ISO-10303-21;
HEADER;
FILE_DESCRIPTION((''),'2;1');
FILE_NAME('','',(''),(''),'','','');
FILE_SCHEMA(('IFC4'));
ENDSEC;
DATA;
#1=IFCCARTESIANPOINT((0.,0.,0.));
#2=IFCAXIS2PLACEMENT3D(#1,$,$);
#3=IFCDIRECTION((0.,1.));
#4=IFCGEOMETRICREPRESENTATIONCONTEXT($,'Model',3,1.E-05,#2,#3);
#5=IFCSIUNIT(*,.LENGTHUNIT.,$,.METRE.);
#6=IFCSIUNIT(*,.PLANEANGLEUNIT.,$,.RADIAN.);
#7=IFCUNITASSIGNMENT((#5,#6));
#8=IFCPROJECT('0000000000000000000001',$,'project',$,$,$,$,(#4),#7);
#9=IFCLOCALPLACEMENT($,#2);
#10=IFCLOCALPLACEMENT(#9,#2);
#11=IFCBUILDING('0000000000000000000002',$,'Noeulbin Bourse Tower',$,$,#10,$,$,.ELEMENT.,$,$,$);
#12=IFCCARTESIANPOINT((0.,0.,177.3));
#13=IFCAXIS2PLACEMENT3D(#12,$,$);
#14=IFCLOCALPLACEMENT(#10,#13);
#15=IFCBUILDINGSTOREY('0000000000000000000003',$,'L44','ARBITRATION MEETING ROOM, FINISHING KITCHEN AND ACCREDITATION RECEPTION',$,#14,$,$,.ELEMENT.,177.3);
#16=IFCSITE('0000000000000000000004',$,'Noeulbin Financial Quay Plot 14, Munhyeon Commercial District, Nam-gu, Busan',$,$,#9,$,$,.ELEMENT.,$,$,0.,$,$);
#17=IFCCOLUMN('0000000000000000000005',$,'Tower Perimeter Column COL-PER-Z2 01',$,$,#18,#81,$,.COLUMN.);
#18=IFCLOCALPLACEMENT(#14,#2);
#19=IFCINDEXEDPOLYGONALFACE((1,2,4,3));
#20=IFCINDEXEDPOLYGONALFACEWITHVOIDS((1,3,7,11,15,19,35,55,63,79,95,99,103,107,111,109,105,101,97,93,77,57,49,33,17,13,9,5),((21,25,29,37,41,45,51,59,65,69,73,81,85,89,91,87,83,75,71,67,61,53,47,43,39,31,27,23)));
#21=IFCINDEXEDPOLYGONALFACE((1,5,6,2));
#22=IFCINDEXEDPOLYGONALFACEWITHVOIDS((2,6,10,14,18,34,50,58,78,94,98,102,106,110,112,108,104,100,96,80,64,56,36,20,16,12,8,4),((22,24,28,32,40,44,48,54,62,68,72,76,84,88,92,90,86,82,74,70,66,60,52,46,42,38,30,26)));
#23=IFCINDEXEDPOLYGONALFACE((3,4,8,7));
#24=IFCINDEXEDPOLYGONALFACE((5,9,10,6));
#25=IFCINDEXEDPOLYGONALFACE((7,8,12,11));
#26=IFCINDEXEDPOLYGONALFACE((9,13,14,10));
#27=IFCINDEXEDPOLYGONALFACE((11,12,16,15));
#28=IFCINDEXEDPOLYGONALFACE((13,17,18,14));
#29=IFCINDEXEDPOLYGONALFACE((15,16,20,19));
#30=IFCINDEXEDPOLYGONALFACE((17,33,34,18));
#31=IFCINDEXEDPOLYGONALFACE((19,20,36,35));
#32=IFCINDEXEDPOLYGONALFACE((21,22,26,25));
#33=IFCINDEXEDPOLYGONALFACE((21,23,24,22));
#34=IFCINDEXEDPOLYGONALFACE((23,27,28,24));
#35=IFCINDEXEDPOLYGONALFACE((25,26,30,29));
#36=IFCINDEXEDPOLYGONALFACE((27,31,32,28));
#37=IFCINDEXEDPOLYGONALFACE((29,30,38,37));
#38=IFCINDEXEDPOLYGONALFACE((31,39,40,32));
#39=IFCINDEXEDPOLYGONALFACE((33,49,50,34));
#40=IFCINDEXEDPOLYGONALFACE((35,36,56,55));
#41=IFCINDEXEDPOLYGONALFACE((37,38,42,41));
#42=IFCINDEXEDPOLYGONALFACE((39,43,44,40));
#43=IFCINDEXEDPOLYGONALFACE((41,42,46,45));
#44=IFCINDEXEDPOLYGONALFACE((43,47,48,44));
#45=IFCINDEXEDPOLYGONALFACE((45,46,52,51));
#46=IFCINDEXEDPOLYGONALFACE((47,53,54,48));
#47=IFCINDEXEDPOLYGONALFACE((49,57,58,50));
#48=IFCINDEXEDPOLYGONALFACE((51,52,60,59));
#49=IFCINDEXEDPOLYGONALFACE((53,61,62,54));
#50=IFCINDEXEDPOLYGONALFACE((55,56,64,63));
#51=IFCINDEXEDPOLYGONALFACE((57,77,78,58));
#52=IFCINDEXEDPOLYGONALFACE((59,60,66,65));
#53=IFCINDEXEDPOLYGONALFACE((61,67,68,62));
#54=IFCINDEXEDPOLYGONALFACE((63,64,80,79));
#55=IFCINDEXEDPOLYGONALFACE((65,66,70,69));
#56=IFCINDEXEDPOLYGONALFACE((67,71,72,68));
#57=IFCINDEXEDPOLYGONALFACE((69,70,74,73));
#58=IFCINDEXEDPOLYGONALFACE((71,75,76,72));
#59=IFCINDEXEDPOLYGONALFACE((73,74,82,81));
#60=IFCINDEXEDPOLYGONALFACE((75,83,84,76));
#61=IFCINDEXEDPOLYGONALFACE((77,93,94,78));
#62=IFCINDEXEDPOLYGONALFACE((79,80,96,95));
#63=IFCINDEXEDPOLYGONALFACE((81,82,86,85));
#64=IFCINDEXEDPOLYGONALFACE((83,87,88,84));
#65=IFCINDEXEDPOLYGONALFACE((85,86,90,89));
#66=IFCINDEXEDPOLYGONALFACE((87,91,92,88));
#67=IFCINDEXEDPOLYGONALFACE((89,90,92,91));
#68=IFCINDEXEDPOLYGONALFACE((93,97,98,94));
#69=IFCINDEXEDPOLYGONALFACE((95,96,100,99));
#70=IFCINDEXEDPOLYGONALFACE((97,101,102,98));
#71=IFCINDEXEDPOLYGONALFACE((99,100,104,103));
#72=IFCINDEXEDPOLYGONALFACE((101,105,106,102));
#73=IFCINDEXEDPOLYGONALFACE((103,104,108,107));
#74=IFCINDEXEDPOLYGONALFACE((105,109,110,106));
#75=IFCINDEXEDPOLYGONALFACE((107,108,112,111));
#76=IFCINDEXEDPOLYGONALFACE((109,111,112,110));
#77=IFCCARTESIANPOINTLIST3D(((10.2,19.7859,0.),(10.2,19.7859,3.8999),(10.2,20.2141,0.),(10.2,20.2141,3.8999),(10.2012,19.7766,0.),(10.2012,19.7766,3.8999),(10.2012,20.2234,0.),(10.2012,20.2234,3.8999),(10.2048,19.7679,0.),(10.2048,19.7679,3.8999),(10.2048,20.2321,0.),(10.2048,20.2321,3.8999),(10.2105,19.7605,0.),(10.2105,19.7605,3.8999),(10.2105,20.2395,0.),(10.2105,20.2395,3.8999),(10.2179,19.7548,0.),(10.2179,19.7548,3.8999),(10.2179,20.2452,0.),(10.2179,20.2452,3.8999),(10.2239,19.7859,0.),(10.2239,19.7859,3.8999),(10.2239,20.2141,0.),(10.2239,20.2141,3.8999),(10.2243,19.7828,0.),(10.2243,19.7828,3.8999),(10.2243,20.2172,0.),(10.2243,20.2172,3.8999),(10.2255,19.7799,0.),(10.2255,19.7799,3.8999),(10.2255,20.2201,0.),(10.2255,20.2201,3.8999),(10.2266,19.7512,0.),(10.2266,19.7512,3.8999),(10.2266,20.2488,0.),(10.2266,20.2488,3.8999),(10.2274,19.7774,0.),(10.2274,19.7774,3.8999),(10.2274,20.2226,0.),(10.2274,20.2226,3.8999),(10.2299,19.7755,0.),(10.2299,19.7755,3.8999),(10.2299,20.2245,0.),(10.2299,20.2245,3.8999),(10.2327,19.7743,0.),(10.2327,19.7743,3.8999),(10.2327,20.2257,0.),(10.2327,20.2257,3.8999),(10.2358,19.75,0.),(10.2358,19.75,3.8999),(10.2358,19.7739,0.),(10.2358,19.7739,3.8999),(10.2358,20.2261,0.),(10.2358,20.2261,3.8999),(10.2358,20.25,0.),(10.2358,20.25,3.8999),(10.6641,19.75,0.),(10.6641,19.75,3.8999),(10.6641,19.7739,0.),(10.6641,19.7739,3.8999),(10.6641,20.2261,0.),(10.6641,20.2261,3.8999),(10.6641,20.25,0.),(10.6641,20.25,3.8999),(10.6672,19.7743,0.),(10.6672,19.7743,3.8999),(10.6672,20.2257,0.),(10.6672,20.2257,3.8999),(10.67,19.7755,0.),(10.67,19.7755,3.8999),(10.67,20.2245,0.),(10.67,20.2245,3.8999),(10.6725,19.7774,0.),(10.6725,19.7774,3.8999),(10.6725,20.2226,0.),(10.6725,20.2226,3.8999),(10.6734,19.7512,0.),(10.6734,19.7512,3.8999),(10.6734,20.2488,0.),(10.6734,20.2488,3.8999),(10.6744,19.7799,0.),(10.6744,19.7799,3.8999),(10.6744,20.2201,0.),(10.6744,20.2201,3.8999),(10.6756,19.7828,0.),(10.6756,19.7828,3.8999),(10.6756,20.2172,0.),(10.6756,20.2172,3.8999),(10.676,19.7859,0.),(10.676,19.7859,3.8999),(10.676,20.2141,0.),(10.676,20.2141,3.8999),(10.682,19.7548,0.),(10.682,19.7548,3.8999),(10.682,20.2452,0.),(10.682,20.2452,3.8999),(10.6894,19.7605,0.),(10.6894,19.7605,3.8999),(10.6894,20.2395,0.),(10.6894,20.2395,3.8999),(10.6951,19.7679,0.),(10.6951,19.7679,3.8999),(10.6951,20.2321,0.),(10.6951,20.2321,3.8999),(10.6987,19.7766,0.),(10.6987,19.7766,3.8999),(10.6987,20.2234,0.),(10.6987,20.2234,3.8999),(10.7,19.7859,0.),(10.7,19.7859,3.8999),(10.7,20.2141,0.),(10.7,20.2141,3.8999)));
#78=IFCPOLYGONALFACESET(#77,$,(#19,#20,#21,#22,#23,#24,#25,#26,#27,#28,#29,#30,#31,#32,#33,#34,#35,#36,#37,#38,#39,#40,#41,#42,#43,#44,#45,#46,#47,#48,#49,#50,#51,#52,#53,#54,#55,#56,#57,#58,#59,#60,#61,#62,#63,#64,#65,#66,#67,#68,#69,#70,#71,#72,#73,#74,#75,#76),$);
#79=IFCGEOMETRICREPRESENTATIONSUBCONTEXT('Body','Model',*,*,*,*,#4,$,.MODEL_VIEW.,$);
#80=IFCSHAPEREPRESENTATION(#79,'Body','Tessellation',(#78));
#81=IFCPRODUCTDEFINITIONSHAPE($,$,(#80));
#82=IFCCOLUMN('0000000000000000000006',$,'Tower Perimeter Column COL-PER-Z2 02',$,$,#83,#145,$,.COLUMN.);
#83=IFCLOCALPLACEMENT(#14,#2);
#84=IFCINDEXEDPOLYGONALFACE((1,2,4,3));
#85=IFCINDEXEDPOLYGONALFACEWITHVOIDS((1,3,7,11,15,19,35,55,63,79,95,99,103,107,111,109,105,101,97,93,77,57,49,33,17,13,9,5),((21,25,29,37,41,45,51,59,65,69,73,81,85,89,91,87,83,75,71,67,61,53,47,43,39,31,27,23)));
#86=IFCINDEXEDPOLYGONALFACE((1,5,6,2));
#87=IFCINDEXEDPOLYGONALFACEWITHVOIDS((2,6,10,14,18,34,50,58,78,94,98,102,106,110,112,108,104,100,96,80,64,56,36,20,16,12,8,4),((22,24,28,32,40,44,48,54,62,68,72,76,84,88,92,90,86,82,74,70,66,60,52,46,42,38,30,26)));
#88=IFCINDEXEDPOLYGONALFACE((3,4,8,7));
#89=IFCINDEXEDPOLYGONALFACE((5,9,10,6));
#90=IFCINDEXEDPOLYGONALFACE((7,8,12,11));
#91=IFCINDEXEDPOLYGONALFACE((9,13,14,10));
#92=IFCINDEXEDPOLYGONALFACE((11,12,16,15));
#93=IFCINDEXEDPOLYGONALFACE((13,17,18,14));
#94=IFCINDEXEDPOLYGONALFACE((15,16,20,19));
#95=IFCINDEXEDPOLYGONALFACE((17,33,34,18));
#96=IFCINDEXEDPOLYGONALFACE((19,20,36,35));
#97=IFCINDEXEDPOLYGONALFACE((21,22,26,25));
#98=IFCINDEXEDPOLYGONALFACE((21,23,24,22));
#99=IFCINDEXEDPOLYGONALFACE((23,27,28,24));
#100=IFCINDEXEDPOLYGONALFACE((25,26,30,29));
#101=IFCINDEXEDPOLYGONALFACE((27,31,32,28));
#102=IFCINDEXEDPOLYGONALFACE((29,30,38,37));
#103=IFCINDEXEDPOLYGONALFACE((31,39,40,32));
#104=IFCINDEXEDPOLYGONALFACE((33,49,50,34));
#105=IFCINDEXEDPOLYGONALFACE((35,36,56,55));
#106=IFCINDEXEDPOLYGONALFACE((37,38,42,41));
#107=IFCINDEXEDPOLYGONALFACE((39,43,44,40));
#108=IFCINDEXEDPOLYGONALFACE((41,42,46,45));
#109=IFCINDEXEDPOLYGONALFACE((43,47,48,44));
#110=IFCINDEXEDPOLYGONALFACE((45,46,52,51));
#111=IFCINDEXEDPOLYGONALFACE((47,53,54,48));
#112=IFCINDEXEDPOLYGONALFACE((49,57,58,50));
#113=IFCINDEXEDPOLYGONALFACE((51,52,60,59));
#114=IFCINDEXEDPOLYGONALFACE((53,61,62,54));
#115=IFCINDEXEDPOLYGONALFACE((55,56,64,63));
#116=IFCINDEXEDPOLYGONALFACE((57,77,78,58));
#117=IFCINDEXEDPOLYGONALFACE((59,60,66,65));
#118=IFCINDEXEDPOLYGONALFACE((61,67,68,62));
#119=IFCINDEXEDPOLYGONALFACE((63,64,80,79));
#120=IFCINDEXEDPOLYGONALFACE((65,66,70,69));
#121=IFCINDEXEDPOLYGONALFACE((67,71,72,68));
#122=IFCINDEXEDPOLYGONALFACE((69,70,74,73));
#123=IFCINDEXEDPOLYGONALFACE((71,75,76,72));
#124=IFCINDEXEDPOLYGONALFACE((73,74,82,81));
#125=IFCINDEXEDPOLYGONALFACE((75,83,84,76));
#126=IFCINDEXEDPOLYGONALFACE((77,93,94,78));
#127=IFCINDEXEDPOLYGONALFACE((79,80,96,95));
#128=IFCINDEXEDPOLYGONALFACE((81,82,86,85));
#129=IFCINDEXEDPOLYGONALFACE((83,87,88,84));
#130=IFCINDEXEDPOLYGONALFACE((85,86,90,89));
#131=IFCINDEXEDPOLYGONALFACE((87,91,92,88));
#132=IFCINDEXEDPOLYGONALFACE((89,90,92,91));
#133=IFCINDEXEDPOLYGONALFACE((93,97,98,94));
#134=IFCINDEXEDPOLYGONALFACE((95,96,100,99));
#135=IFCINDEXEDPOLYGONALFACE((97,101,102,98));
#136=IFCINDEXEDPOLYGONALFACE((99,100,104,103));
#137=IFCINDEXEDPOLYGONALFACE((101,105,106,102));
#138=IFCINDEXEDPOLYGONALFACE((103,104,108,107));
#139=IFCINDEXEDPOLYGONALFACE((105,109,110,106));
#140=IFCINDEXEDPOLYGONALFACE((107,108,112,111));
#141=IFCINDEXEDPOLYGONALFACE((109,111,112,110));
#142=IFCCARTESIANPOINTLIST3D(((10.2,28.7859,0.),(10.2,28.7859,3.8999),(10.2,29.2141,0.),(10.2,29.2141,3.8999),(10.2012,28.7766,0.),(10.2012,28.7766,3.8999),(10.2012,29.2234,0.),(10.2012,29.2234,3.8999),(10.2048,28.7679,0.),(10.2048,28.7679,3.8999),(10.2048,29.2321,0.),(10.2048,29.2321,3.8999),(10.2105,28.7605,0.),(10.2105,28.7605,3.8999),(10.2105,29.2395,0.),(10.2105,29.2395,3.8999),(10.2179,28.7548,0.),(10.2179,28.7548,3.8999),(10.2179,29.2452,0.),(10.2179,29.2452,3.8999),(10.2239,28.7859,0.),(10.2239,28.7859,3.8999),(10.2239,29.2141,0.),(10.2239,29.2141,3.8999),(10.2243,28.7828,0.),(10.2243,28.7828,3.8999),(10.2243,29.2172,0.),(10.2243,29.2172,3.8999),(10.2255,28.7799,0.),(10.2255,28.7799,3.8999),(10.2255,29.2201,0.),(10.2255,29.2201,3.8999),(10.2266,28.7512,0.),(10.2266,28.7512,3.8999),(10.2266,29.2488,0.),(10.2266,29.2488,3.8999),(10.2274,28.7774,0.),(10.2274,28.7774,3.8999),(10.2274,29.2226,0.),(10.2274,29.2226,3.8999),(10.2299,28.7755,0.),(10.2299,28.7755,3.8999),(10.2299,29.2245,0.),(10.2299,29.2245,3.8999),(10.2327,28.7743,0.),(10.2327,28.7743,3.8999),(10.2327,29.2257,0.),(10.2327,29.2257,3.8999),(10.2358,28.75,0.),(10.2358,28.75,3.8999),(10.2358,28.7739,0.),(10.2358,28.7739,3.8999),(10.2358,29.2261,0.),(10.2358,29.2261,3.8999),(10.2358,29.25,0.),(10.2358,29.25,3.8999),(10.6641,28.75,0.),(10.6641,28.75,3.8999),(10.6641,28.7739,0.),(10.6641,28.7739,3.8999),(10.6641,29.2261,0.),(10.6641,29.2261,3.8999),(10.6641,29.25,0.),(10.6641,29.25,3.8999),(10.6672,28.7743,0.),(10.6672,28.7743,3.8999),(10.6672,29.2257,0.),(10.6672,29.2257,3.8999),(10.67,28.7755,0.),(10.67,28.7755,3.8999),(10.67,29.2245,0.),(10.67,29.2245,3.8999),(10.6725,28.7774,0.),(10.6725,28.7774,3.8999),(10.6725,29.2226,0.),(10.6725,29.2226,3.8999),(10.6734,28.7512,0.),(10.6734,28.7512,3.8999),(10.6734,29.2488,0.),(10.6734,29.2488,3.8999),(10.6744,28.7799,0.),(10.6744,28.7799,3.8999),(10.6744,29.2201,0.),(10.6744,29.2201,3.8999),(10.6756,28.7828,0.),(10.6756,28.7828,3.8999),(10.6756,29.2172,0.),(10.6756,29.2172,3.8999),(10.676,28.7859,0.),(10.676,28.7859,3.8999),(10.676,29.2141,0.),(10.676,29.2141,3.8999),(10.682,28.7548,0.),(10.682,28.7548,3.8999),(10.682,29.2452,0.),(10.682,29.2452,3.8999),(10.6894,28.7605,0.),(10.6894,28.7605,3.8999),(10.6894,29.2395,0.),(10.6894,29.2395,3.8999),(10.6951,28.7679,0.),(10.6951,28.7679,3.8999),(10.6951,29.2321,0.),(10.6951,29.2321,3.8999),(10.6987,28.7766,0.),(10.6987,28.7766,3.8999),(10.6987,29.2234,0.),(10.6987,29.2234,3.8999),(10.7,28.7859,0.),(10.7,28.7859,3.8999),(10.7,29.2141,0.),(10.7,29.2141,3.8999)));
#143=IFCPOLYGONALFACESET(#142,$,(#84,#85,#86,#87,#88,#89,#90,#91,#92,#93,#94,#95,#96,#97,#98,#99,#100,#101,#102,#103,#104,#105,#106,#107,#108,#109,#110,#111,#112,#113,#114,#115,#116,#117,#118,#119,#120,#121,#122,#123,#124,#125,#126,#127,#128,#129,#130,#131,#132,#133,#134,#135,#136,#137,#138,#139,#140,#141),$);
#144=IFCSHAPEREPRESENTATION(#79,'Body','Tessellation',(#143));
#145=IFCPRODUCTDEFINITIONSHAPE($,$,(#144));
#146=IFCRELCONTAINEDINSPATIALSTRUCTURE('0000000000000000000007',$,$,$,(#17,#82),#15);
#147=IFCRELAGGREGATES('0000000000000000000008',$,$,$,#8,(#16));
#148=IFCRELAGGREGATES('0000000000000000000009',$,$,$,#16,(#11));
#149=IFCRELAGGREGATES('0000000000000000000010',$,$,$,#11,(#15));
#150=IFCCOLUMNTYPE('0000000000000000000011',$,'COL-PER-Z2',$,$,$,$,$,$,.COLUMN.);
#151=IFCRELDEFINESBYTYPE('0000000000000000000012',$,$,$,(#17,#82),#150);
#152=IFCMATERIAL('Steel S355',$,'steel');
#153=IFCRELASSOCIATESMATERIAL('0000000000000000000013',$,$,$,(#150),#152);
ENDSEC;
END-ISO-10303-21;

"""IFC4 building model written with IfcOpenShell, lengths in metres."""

from ifc_helpers import new_model, si_unit, direction, frame, origin, origin_2d, place, context, subcontext, project, spatial, hollow_rectangle, extrude, material, material_profile, profile_set, type_object, element, save


model = new_model("IFC4")

# Units and contexts
model_context = context("Model", 3, precision=1e-05, world=origin(), true_north=direction((0.0, 1.0)))
body_context = subcontext(model_context, "Body", "Model", "MODEL_VIEW")
ifc_project = project(units=[si_unit("LENGTHUNIT", "METRE"), si_unit("PLANEANGLEUNIT", "RADIAN")], contexts=[model_context])

# Site, building, storey
site_placement = place(None, origin())
site = spatial("IfcSite", under=ifc_project, at=site_placement, Name="Noeulbin Financial Quay Plot 14, Munhyeon Commercial District, Nam-gu, Busan", CompositionType="ELEMENT", RefElevation=0.0)
building_placement = place(site_placement, origin())
building = spatial("IfcBuilding", under=site, at=building_placement, Name="Noeulbin Bourse Tower", CompositionType="ELEMENT")
storey_placement = place(building_placement, frame((0.0, 0.0, 177.3)))
storey = spatial("IfcBuildingStorey", under=building, at=storey_placement, Name="L44", Description="ARBITRATION MEETING ROOM, FINISHING KITCHEN AND ACCREDITATION RECEPTION", CompositionType="ELEMENT", Elevation=177.3)

# Columns
ifc_material_1 = material(Name="Steel S355", Category="steel")
ifc_material_profile_1 = material_profile(ifc_material_1, hollow_rectangle(XDim=0.5, YDim=0.5, WallThickness=0.0239, InnerFilletRadius=0.012, OuterFilletRadius=0.0359, at=origin_2d()), Name="BOX-500x500x24", Category="LoadBearing")
ifc_profile_set_1 = profile_set([ifc_material_profile_1], Name="Steel S355")
column_type_1 = type_object("IfcColumnType", Name="COL-PER-Z2", PredefinedType="COLUMN", material=ifc_profile_set_1)
for number, where, z_axis, x_axis, name in (
    (1, (10.45, 20.0, 0.0), (0.0, 0.0, 1.0), (1.0, 0.0, 0.0), "Tower Perimeter Column COL-PER-Z2 01"),
    (2, (10.45, 29.0, 0.0), (0.0, 0.0, 1.0), (1.0, 0.0, 0.0), "Tower Perimeter Column COL-PER-Z2 02"),
):
    element("IfcColumn", number, at=place(storey_placement, frame(where, z_axis=z_axis, x_axis=x_axis)), inside=storey, type_object=column_type_1, Name=name, PredefinedType="COLUMN", context=body_context, shape_type="SweptSolid", body=[
        extrude(hollow_rectangle(XDim=0.5, YDim=0.5, WallThickness=0.0239, InnerFilletRadius=0.012, OuterFilletRadius=0.0359, at=origin_2d()), origin(), (0.0, 0.0, 1.0), 3.8999),
    ])

save(model, "model.ifc")
